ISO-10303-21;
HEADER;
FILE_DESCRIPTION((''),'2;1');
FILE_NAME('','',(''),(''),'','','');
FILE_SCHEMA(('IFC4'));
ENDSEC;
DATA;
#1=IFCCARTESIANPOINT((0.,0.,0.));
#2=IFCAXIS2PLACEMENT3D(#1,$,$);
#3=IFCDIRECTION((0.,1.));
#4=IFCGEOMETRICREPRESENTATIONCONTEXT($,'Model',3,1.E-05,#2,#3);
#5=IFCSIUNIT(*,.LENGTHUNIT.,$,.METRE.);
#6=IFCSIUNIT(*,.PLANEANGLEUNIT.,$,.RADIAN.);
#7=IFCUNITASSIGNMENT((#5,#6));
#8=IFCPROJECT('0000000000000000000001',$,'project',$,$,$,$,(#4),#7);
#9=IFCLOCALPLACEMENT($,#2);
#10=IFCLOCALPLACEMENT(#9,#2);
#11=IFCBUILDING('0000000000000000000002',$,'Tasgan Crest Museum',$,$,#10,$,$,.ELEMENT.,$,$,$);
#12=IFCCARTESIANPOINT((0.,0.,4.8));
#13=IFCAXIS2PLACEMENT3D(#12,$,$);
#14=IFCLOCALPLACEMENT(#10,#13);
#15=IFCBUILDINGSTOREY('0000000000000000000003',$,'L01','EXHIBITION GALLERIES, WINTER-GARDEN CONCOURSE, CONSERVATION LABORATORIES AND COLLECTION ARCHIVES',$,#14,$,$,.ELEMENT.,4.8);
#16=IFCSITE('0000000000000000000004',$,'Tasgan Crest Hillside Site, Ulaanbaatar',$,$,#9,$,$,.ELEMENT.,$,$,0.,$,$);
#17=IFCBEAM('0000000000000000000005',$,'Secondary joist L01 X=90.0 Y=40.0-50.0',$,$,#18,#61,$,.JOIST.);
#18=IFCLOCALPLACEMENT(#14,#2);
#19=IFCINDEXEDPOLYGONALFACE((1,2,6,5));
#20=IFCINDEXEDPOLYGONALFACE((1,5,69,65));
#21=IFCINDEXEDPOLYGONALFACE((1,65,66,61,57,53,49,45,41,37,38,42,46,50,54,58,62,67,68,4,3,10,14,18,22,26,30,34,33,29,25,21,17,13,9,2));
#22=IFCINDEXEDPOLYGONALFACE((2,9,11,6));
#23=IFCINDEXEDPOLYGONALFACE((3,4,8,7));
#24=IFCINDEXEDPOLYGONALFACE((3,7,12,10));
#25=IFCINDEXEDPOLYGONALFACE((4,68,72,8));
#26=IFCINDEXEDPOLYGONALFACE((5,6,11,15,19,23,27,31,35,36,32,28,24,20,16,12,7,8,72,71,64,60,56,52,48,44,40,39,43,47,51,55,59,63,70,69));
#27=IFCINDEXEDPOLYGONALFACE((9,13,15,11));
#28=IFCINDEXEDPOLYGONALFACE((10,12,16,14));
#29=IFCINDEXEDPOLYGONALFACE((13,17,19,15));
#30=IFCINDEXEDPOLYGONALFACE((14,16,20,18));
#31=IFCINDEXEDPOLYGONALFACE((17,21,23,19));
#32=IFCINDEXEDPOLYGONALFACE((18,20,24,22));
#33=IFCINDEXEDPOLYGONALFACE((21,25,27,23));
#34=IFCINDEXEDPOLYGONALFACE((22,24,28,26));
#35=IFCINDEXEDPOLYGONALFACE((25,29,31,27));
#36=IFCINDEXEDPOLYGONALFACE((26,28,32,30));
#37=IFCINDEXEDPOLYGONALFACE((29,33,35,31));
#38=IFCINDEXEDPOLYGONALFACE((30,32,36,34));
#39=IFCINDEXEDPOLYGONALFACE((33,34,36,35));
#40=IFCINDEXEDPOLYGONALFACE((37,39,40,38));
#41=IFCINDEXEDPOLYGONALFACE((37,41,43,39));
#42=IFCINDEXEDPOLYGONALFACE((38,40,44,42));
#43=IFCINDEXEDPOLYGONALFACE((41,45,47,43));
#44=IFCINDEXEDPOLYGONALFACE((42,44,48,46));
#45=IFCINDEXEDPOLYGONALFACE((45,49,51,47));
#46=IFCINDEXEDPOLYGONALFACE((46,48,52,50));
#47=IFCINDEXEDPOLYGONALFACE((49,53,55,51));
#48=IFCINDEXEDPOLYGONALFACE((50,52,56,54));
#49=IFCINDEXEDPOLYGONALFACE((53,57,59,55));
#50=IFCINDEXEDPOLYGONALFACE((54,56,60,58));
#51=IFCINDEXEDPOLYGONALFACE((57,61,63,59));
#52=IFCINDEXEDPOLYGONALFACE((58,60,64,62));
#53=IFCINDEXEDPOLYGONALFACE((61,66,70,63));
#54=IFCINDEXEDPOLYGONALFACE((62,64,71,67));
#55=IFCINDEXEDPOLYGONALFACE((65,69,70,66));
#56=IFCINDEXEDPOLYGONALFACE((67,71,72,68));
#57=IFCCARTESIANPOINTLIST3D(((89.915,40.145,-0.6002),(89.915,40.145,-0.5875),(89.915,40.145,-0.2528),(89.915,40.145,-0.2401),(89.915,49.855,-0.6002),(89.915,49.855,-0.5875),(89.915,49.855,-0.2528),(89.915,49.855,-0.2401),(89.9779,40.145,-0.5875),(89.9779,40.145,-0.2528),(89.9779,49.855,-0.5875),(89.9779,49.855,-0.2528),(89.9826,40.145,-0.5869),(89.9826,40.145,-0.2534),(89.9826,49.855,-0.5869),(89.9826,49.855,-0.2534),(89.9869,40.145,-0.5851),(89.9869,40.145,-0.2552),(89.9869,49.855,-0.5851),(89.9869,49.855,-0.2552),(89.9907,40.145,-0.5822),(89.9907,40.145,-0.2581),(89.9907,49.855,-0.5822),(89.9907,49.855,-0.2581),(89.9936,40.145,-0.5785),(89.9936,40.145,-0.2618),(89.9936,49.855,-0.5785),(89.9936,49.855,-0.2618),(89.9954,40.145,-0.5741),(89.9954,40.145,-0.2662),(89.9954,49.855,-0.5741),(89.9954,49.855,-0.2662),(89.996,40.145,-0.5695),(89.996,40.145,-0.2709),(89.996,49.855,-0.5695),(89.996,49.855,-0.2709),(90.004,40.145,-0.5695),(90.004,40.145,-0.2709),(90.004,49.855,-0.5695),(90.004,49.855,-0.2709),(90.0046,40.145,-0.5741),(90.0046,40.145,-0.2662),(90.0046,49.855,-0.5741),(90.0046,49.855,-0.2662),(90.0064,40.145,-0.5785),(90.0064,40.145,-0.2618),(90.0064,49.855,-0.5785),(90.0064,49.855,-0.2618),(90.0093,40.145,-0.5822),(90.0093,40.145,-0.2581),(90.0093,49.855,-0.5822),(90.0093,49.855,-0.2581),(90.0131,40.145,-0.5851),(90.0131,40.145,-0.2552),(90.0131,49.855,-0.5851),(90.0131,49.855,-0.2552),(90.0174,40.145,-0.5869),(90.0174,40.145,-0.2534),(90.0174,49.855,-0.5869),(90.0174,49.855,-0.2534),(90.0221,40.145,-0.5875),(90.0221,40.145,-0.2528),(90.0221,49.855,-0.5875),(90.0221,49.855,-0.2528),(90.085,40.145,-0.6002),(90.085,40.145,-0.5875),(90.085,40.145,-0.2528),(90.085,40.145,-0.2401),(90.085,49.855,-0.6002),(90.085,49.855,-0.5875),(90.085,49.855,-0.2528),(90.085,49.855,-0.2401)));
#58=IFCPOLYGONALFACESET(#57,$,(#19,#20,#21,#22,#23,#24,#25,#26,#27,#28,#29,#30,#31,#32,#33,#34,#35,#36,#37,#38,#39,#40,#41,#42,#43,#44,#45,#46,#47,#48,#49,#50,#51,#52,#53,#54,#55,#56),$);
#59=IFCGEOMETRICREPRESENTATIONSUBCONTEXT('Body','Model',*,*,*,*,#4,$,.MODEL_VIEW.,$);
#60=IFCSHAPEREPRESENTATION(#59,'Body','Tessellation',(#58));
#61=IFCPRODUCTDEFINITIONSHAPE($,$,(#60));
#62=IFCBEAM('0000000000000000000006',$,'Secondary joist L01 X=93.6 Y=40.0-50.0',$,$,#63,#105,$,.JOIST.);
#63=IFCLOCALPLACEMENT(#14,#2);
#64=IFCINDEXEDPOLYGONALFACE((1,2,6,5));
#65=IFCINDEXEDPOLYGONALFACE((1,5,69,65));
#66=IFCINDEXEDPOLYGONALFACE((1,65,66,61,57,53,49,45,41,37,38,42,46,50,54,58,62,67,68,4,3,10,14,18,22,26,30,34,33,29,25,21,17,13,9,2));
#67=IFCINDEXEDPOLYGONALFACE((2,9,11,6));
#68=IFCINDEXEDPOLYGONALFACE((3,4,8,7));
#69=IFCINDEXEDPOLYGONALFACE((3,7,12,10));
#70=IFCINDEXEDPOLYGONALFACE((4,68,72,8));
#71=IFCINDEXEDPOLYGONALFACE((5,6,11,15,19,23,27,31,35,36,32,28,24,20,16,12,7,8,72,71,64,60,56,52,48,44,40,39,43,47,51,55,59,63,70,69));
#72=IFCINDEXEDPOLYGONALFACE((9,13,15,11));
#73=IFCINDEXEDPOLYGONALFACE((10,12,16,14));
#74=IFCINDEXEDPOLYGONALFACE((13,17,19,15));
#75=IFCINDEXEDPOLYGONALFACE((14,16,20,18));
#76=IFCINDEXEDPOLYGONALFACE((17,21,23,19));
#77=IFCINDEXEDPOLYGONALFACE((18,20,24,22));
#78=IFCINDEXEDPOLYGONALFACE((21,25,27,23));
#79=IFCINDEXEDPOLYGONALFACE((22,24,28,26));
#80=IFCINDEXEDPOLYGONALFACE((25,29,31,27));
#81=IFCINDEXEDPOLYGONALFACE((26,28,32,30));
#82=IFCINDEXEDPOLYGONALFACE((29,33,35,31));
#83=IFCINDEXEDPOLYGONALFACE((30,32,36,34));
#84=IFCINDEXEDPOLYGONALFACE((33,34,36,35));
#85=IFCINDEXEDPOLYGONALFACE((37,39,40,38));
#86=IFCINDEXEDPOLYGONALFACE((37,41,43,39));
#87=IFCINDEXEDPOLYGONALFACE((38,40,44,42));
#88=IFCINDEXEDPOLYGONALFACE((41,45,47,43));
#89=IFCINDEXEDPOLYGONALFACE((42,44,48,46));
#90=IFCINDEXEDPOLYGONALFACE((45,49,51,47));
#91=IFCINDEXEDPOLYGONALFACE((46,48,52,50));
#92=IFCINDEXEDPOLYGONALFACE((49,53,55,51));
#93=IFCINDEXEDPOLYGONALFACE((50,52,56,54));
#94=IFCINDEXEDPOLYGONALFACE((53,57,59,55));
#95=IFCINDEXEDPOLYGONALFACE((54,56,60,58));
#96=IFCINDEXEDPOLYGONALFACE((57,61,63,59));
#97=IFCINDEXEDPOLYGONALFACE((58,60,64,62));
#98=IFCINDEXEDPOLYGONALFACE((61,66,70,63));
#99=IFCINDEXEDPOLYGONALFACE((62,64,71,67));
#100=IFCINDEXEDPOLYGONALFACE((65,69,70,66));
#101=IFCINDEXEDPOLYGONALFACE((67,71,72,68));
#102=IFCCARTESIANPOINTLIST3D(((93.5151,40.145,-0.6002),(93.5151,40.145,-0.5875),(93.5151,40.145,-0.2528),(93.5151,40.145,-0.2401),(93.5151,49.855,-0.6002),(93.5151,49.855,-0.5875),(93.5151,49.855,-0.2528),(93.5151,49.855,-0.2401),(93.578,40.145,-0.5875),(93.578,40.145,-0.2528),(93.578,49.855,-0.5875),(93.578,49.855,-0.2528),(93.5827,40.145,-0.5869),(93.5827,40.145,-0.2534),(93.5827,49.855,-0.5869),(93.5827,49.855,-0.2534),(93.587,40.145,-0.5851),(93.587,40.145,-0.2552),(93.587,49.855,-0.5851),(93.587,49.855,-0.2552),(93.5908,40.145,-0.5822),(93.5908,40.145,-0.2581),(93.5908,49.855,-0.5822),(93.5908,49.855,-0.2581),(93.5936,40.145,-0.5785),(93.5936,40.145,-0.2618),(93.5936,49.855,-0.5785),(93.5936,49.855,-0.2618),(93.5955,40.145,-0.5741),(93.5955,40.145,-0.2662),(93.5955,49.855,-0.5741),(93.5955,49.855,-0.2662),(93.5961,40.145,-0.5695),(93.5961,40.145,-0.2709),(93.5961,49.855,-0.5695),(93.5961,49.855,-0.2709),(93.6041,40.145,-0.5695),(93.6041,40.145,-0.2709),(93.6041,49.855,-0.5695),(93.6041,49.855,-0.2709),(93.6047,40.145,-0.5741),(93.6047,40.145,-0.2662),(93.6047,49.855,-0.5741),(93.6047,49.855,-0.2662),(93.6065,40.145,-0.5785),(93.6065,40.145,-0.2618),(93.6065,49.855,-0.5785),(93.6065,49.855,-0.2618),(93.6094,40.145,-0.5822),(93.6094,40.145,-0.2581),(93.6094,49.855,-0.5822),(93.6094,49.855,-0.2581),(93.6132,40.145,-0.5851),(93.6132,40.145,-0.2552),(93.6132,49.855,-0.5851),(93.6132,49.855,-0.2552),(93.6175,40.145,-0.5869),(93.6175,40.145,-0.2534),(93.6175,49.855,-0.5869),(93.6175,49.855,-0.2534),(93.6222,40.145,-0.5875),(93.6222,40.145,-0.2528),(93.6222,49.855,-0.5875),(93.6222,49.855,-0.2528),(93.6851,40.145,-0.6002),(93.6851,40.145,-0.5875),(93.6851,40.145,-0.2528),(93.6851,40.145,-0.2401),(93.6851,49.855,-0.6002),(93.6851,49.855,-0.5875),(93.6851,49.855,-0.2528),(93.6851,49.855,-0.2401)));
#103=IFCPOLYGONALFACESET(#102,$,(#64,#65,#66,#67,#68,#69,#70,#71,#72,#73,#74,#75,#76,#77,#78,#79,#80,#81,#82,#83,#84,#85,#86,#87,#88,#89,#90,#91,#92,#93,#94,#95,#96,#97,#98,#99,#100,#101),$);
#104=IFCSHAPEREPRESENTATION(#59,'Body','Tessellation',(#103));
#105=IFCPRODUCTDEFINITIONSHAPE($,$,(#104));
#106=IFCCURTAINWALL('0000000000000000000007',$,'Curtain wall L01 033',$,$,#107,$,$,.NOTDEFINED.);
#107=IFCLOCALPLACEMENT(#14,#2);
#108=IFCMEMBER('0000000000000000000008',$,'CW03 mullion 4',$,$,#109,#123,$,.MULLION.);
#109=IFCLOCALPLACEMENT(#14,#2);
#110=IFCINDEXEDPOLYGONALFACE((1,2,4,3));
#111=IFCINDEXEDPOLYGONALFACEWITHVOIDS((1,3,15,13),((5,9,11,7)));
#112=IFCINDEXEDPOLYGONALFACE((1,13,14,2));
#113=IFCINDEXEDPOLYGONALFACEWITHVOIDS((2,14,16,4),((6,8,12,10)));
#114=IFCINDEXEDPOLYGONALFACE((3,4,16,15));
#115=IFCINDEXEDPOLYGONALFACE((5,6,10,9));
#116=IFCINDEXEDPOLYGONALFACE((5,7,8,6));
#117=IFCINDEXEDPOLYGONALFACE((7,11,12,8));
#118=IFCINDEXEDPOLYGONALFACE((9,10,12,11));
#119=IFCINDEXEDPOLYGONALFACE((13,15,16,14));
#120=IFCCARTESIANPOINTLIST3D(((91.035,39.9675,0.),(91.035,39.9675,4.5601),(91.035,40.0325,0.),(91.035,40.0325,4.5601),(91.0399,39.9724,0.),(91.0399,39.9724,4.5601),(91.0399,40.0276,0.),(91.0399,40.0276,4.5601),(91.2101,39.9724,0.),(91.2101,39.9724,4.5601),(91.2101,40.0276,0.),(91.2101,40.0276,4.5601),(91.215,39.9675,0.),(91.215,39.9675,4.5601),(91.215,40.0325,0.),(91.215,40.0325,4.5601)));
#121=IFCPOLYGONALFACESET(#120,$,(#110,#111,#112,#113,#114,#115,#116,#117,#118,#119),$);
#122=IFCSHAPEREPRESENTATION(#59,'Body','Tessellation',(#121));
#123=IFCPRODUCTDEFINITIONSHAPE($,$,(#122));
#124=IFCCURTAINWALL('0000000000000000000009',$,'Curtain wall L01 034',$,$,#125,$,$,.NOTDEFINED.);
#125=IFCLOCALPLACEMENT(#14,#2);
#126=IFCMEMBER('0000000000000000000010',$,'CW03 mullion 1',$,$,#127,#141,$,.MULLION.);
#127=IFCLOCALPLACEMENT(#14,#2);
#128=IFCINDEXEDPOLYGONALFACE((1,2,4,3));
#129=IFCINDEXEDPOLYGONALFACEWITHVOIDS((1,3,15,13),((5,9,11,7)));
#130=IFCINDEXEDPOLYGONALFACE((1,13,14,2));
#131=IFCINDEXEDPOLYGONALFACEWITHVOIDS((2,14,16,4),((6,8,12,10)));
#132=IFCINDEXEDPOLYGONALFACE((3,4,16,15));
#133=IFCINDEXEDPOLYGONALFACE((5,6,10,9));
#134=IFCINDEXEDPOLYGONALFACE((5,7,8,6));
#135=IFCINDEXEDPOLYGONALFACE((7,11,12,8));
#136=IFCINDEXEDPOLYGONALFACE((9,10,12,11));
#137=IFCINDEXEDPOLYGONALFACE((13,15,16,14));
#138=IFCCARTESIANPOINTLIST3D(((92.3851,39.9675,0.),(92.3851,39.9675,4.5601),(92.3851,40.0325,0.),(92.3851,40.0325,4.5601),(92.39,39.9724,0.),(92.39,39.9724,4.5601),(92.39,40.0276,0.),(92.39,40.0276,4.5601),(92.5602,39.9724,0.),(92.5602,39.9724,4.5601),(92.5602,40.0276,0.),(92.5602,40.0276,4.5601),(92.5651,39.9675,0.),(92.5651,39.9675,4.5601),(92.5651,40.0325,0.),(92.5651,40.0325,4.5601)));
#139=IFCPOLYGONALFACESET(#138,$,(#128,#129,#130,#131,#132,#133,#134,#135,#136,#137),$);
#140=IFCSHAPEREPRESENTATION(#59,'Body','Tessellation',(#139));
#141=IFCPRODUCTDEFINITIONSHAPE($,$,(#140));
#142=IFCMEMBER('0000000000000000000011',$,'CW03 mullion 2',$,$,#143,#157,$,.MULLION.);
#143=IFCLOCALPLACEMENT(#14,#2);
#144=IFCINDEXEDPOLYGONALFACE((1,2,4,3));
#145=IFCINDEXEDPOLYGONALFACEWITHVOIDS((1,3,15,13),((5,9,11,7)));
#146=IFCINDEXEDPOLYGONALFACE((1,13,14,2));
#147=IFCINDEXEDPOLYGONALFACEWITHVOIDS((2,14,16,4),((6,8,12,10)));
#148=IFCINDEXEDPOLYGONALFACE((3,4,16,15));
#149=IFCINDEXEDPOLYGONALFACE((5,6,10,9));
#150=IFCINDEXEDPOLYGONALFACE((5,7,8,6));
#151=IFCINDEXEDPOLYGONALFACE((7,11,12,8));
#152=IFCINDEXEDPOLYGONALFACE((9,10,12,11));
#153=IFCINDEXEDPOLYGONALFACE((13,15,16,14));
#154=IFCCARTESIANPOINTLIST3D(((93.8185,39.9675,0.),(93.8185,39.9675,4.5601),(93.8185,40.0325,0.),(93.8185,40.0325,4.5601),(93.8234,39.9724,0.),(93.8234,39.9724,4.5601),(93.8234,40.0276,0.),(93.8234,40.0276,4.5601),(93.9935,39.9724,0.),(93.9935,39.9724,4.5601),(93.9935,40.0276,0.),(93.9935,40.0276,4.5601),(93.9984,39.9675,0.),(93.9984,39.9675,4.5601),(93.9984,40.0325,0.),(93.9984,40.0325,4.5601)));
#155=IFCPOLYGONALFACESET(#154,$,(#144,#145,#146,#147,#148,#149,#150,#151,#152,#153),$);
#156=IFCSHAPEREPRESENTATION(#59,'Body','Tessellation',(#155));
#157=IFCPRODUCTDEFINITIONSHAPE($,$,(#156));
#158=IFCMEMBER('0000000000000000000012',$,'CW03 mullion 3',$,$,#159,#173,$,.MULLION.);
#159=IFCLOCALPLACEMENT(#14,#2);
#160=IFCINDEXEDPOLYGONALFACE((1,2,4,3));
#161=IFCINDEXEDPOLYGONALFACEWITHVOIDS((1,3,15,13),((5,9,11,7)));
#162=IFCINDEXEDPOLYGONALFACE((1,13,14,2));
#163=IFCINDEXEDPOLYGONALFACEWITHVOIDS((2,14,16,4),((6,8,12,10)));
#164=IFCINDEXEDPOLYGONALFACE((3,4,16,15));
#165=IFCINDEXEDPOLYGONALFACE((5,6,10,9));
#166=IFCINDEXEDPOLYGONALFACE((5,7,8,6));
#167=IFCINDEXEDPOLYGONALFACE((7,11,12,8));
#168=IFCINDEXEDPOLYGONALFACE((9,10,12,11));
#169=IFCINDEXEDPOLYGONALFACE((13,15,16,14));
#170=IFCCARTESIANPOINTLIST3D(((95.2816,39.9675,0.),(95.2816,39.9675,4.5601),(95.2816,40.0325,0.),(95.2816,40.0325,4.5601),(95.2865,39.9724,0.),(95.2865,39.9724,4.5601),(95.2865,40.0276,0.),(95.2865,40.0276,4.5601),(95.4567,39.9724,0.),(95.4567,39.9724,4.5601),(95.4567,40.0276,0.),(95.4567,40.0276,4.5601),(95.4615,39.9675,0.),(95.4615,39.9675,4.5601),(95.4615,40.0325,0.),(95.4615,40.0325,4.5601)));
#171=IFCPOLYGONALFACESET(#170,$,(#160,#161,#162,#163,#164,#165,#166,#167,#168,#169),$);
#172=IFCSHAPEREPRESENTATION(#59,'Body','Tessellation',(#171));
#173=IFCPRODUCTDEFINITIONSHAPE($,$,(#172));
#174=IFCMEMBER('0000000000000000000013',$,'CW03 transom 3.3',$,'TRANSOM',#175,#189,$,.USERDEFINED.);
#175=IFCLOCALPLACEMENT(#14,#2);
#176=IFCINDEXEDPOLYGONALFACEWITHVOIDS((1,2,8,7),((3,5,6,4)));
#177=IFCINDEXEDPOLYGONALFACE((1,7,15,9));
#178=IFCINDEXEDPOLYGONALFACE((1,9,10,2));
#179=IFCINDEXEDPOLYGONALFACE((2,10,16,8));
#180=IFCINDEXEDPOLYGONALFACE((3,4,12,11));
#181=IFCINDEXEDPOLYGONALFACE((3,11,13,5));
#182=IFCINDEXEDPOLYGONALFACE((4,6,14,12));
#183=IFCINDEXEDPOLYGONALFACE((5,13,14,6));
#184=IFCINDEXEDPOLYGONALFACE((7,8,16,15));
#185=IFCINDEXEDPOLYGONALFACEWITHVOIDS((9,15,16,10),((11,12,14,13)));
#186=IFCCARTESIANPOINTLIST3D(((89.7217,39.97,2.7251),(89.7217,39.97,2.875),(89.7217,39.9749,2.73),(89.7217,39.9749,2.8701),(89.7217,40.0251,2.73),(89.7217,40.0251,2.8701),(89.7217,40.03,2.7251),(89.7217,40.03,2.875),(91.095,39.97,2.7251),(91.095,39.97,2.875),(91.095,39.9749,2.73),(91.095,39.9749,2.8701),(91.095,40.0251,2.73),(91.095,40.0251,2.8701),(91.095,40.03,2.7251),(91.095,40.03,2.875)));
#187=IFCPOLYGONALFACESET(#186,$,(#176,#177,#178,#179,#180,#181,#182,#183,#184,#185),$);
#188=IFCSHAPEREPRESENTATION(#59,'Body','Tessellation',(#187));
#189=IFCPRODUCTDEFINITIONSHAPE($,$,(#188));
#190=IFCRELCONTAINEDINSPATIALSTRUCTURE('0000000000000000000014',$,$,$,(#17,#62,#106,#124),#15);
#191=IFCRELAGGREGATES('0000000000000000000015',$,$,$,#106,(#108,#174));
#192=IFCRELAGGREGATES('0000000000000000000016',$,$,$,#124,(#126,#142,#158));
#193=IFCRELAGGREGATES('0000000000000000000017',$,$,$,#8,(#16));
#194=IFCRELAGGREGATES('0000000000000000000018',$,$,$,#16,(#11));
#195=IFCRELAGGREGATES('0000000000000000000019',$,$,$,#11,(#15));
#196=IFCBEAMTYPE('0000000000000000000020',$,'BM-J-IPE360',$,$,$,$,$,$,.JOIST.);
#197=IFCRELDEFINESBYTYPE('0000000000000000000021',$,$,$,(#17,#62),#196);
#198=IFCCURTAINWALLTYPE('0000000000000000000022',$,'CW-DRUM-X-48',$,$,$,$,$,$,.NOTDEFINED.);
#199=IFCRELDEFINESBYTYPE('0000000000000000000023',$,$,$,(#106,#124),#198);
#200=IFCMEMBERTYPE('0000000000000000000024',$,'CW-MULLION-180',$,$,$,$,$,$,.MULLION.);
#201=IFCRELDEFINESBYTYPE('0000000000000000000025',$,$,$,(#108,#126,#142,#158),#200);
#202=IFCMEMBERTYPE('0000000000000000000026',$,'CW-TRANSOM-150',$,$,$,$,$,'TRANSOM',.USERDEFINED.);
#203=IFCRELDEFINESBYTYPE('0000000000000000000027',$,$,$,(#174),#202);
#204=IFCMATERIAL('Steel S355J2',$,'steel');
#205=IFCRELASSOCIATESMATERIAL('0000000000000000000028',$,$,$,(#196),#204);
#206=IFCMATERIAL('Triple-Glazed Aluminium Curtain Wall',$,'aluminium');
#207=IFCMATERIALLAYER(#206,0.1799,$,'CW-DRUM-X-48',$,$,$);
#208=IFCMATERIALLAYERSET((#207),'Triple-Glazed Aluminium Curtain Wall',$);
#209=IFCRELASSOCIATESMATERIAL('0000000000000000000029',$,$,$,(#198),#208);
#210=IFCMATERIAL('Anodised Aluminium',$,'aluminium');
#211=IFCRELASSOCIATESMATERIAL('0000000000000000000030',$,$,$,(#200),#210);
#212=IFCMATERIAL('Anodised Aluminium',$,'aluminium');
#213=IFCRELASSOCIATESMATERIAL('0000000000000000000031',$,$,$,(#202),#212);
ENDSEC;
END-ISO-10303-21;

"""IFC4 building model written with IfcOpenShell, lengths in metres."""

from ifc_helpers import new_model, si_unit, direction, frame, origin, origin_2d, place, context, subcontext, project, spatial, hollow_rectangle, i_section, extrude, material, layer, layer_set, material_profile, profile_set, type_object, element, aggregate, save


model = new_model("IFC4")

# Units and contexts
model_context = context("Model", 3, precision=1e-05, world=origin(), true_north=direction((0.0, 1.0)))
body_context = subcontext(model_context, "Body", "Model", "MODEL_VIEW")
ifc_project = project(units=[si_unit("LENGTHUNIT", "METRE"), si_unit("PLANEANGLEUNIT", "RADIAN")], contexts=[model_context])

# Site, building, storey
site_placement = place(None, origin())
site = spatial("IfcSite", under=ifc_project, at=site_placement, Name="Tasgan Crest Hillside Site, Ulaanbaatar", CompositionType="ELEMENT", RefElevation=0.0)
building_placement = place(site_placement, origin())
building = spatial("IfcBuilding", under=site, at=building_placement, Name="Tasgan Crest Museum", CompositionType="ELEMENT")
storey_placement = place(building_placement, frame((0.0, 0.0, 4.8)))
storey = spatial("IfcBuildingStorey", under=building, at=storey_placement, Name="L01", Description="EXHIBITION GALLERIES, WINTER-GARDEN CONCOURSE, CONSERVATION LABORATORIES AND COLLECTION ARCHIVES", CompositionType="ELEMENT", Elevation=4.8)

# Beams
ifc_material_1 = material(Name="Steel S355J2", Category="steel")
ifc_material_profile_1 = material_profile(ifc_material_1, i_section(OverallWidth=0.1699, OverallDepth=0.3601, WebThickness=0.0081, FlangeThickness=0.0127, FilletRadius=0.0181, at=origin_2d()), Name="IPE 360")
ifc_profile_set_1 = profile_set([ifc_material_profile_1], Name="Steel S355J2")
beam_type = type_object("IfcBeamType", Name="BM-J-IPE360", PredefinedType="JOIST", material=ifc_profile_set_1)
for number, where, z_axis, x_axis, name in (
    (1, (90.0, 40.145, -0.4202), (0.0, 1.0, 0.0), (-1.0, 0.0, 0.0), "Secondary joist L01 X=90.0 Y=40.0-50.0"),
    (2, (93.6001, 40.145, -0.4202), (0.0, 1.0, 0.0), (-1.0, 0.0, 0.0), "Secondary joist L01 X=93.6 Y=40.0-50.0"),
):
    element("IfcBeam", number, at=place(storey_placement, frame(where, z_axis=z_axis, x_axis=x_axis)), inside=storey, type_object=beam_type, Name=name, PredefinedType="JOIST", context=body_context, shape_type="SweptSolid", body=[
        extrude(i_section(OverallWidth=0.1699, OverallDepth=0.3601, WebThickness=0.0081, FlangeThickness=0.0127, FilletRadius=0.0181, at=origin_2d()), origin(), (0.0, 0.0, 1.0), 9.71),
    ])

# Curtain wall, member
ifc_material_2 = material(Name="Triple-Glazed Aluminium Curtain Wall", Category="aluminium")
ifc_layer_1 = layer(ifc_material_2, 0.1799, Name="CW-DRUM-X-48")
ifc_layer_set_1 = layer_set([ifc_layer_1], Name="Triple-Glazed Aluminium Curtain Wall")
curtain_wall_type = type_object("IfcCurtainWallType", Name="CW-DRUM-X-48", PredefinedType="NOTDEFINED", material=ifc_layer_set_1)
curtain_wall_1_placement = place(storey_placement, origin())
curtain_wall_1 = element("IfcCurtainWall", 3, at=curtain_wall_1_placement, inside=storey, type_object=curtain_wall_type, Name="Curtain wall L01 033", PredefinedType="NOTDEFINED")
ifc_material_3 = material(Name="Anodised Aluminium", Category="aluminium")
ifc_material_profile_2 = material_profile(ifc_material_3, hollow_rectangle(XDim=0.0649, YDim=0.1799, WallThickness=0.0049, at=origin_2d()), Name="ALU MULLION 180x65x5")
ifc_profile_set_2 = profile_set([ifc_material_profile_2], Name="Anodised Aluminium")
member_type_1 = type_object("IfcMemberType", Name="CW-MULLION-180", PredefinedType="MULLION", material=ifc_profile_set_2)
member_1_placement = place(storey_placement, frame((91.125, 40.0, 0.0), z_axis=(0.0, 0.0, 1.0), x_axis=(0.0, 1.0, 0.0)))
member_1 = element("IfcMember", 4, at=member_1_placement, type_object=member_type_1, Name="CW03 mullion 4", PredefinedType="MULLION", context=body_context, shape_type="SweptSolid", body=[
    extrude(hollow_rectangle(XDim=0.0649, YDim=0.1799, WallThickness=0.0049, at=origin_2d()), origin(), (0.0, 0.0, 1.0), 4.5601),
])

# Curtain wall, members
curtain_wall_2_placement = place(storey_placement, origin())
curtain_wall_2 = element("IfcCurtainWall", 5, at=curtain_wall_2_placement, inside=storey, type_object=curtain_wall_type, Name="Curtain wall L01 034", PredefinedType="NOTDEFINED")
member_2_placement = place(storey_placement, frame((92.4751, 40.0, 0.0), z_axis=(0.0, 0.0, 1.0), x_axis=(0.0, 1.0, 0.0)))
member_2 = element("IfcMember", 6, at=member_2_placement, type_object=member_type_1, Name="CW03 mullion 1", PredefinedType="MULLION", context=body_context, shape_type="SweptSolid", body=[
    extrude(hollow_rectangle(XDim=0.0649, YDim=0.1799, WallThickness=0.0049, at=origin_2d()), origin(), (0.0, 0.0, 1.0), 4.5601),
])
member_3_placement = place(storey_placement, frame((93.9084, 40.0, 0.0), z_axis=(0.0, 0.0, 1.0), x_axis=(0.0, 1.0, 0.0)))
member_3 = element("IfcMember", 7, at=member_3_placement, type_object=member_type_1, Name="CW03 mullion 2", PredefinedType="MULLION", context=body_context, shape_type="SweptSolid", body=[
    extrude(hollow_rectangle(XDim=0.0649, YDim=0.1799, WallThickness=0.0049, at=origin_2d()), origin(), (0.0, 0.0, 1.0), 4.5601),
])
member_4_placement = place(storey_placement, frame((95.3716, 40.0, 0.0), z_axis=(0.0, 0.0, 1.0), x_axis=(0.0, 1.0, 0.0)))
member_4 = element("IfcMember", 8, at=member_4_placement, type_object=member_type_1, Name="CW03 mullion 3", PredefinedType="MULLION", context=body_context, shape_type="SweptSolid", body=[
    extrude(hollow_rectangle(XDim=0.0649, YDim=0.1799, WallThickness=0.0049, at=origin_2d()), origin(), (0.0, 0.0, 1.0), 4.5601),
])

# Member
ifc_material_4 = material(Name="Anodised Aluminium", Category="aluminium")
ifc_material_profile_3 = material_profile(ifc_material_4, hollow_rectangle(XDim=0.0601, YDim=0.1499, WallThickness=0.0049, at=origin_2d()), Name="ALU TRANSOM 150x60x5")
ifc_profile_set_3 = profile_set([ifc_material_profile_3], Name="Anodised Aluminium")
member_type_2 = type_object("IfcMemberType", Name="CW-TRANSOM-150", ElementType="TRANSOM", PredefinedType="USERDEFINED", material=ifc_profile_set_3)
member_5_placement = place(storey_placement, frame((89.7217, 40.0, 2.8), z_axis=(1.0, 0.0, 0.0), x_axis=(0.0, 1.0, 0.0)))
member_5 = element("IfcMember", 9, at=member_5_placement, type_object=member_type_2, Name="CW03 transom 3.3", ObjectType="TRANSOM", PredefinedType="USERDEFINED", context=body_context, shape_type="SweptSolid", body=[
    extrude(hollow_rectangle(XDim=0.0601, YDim=0.1499, WallThickness=0.0049, at=origin_2d()), origin(), (0.0, 0.0, 1.0), 1.3733),
])

aggregate(curtain_wall_1, [member_1, member_5])
aggregate(curtain_wall_2, [member_2, member_3, member_4])

save(model, "model.ifc")
